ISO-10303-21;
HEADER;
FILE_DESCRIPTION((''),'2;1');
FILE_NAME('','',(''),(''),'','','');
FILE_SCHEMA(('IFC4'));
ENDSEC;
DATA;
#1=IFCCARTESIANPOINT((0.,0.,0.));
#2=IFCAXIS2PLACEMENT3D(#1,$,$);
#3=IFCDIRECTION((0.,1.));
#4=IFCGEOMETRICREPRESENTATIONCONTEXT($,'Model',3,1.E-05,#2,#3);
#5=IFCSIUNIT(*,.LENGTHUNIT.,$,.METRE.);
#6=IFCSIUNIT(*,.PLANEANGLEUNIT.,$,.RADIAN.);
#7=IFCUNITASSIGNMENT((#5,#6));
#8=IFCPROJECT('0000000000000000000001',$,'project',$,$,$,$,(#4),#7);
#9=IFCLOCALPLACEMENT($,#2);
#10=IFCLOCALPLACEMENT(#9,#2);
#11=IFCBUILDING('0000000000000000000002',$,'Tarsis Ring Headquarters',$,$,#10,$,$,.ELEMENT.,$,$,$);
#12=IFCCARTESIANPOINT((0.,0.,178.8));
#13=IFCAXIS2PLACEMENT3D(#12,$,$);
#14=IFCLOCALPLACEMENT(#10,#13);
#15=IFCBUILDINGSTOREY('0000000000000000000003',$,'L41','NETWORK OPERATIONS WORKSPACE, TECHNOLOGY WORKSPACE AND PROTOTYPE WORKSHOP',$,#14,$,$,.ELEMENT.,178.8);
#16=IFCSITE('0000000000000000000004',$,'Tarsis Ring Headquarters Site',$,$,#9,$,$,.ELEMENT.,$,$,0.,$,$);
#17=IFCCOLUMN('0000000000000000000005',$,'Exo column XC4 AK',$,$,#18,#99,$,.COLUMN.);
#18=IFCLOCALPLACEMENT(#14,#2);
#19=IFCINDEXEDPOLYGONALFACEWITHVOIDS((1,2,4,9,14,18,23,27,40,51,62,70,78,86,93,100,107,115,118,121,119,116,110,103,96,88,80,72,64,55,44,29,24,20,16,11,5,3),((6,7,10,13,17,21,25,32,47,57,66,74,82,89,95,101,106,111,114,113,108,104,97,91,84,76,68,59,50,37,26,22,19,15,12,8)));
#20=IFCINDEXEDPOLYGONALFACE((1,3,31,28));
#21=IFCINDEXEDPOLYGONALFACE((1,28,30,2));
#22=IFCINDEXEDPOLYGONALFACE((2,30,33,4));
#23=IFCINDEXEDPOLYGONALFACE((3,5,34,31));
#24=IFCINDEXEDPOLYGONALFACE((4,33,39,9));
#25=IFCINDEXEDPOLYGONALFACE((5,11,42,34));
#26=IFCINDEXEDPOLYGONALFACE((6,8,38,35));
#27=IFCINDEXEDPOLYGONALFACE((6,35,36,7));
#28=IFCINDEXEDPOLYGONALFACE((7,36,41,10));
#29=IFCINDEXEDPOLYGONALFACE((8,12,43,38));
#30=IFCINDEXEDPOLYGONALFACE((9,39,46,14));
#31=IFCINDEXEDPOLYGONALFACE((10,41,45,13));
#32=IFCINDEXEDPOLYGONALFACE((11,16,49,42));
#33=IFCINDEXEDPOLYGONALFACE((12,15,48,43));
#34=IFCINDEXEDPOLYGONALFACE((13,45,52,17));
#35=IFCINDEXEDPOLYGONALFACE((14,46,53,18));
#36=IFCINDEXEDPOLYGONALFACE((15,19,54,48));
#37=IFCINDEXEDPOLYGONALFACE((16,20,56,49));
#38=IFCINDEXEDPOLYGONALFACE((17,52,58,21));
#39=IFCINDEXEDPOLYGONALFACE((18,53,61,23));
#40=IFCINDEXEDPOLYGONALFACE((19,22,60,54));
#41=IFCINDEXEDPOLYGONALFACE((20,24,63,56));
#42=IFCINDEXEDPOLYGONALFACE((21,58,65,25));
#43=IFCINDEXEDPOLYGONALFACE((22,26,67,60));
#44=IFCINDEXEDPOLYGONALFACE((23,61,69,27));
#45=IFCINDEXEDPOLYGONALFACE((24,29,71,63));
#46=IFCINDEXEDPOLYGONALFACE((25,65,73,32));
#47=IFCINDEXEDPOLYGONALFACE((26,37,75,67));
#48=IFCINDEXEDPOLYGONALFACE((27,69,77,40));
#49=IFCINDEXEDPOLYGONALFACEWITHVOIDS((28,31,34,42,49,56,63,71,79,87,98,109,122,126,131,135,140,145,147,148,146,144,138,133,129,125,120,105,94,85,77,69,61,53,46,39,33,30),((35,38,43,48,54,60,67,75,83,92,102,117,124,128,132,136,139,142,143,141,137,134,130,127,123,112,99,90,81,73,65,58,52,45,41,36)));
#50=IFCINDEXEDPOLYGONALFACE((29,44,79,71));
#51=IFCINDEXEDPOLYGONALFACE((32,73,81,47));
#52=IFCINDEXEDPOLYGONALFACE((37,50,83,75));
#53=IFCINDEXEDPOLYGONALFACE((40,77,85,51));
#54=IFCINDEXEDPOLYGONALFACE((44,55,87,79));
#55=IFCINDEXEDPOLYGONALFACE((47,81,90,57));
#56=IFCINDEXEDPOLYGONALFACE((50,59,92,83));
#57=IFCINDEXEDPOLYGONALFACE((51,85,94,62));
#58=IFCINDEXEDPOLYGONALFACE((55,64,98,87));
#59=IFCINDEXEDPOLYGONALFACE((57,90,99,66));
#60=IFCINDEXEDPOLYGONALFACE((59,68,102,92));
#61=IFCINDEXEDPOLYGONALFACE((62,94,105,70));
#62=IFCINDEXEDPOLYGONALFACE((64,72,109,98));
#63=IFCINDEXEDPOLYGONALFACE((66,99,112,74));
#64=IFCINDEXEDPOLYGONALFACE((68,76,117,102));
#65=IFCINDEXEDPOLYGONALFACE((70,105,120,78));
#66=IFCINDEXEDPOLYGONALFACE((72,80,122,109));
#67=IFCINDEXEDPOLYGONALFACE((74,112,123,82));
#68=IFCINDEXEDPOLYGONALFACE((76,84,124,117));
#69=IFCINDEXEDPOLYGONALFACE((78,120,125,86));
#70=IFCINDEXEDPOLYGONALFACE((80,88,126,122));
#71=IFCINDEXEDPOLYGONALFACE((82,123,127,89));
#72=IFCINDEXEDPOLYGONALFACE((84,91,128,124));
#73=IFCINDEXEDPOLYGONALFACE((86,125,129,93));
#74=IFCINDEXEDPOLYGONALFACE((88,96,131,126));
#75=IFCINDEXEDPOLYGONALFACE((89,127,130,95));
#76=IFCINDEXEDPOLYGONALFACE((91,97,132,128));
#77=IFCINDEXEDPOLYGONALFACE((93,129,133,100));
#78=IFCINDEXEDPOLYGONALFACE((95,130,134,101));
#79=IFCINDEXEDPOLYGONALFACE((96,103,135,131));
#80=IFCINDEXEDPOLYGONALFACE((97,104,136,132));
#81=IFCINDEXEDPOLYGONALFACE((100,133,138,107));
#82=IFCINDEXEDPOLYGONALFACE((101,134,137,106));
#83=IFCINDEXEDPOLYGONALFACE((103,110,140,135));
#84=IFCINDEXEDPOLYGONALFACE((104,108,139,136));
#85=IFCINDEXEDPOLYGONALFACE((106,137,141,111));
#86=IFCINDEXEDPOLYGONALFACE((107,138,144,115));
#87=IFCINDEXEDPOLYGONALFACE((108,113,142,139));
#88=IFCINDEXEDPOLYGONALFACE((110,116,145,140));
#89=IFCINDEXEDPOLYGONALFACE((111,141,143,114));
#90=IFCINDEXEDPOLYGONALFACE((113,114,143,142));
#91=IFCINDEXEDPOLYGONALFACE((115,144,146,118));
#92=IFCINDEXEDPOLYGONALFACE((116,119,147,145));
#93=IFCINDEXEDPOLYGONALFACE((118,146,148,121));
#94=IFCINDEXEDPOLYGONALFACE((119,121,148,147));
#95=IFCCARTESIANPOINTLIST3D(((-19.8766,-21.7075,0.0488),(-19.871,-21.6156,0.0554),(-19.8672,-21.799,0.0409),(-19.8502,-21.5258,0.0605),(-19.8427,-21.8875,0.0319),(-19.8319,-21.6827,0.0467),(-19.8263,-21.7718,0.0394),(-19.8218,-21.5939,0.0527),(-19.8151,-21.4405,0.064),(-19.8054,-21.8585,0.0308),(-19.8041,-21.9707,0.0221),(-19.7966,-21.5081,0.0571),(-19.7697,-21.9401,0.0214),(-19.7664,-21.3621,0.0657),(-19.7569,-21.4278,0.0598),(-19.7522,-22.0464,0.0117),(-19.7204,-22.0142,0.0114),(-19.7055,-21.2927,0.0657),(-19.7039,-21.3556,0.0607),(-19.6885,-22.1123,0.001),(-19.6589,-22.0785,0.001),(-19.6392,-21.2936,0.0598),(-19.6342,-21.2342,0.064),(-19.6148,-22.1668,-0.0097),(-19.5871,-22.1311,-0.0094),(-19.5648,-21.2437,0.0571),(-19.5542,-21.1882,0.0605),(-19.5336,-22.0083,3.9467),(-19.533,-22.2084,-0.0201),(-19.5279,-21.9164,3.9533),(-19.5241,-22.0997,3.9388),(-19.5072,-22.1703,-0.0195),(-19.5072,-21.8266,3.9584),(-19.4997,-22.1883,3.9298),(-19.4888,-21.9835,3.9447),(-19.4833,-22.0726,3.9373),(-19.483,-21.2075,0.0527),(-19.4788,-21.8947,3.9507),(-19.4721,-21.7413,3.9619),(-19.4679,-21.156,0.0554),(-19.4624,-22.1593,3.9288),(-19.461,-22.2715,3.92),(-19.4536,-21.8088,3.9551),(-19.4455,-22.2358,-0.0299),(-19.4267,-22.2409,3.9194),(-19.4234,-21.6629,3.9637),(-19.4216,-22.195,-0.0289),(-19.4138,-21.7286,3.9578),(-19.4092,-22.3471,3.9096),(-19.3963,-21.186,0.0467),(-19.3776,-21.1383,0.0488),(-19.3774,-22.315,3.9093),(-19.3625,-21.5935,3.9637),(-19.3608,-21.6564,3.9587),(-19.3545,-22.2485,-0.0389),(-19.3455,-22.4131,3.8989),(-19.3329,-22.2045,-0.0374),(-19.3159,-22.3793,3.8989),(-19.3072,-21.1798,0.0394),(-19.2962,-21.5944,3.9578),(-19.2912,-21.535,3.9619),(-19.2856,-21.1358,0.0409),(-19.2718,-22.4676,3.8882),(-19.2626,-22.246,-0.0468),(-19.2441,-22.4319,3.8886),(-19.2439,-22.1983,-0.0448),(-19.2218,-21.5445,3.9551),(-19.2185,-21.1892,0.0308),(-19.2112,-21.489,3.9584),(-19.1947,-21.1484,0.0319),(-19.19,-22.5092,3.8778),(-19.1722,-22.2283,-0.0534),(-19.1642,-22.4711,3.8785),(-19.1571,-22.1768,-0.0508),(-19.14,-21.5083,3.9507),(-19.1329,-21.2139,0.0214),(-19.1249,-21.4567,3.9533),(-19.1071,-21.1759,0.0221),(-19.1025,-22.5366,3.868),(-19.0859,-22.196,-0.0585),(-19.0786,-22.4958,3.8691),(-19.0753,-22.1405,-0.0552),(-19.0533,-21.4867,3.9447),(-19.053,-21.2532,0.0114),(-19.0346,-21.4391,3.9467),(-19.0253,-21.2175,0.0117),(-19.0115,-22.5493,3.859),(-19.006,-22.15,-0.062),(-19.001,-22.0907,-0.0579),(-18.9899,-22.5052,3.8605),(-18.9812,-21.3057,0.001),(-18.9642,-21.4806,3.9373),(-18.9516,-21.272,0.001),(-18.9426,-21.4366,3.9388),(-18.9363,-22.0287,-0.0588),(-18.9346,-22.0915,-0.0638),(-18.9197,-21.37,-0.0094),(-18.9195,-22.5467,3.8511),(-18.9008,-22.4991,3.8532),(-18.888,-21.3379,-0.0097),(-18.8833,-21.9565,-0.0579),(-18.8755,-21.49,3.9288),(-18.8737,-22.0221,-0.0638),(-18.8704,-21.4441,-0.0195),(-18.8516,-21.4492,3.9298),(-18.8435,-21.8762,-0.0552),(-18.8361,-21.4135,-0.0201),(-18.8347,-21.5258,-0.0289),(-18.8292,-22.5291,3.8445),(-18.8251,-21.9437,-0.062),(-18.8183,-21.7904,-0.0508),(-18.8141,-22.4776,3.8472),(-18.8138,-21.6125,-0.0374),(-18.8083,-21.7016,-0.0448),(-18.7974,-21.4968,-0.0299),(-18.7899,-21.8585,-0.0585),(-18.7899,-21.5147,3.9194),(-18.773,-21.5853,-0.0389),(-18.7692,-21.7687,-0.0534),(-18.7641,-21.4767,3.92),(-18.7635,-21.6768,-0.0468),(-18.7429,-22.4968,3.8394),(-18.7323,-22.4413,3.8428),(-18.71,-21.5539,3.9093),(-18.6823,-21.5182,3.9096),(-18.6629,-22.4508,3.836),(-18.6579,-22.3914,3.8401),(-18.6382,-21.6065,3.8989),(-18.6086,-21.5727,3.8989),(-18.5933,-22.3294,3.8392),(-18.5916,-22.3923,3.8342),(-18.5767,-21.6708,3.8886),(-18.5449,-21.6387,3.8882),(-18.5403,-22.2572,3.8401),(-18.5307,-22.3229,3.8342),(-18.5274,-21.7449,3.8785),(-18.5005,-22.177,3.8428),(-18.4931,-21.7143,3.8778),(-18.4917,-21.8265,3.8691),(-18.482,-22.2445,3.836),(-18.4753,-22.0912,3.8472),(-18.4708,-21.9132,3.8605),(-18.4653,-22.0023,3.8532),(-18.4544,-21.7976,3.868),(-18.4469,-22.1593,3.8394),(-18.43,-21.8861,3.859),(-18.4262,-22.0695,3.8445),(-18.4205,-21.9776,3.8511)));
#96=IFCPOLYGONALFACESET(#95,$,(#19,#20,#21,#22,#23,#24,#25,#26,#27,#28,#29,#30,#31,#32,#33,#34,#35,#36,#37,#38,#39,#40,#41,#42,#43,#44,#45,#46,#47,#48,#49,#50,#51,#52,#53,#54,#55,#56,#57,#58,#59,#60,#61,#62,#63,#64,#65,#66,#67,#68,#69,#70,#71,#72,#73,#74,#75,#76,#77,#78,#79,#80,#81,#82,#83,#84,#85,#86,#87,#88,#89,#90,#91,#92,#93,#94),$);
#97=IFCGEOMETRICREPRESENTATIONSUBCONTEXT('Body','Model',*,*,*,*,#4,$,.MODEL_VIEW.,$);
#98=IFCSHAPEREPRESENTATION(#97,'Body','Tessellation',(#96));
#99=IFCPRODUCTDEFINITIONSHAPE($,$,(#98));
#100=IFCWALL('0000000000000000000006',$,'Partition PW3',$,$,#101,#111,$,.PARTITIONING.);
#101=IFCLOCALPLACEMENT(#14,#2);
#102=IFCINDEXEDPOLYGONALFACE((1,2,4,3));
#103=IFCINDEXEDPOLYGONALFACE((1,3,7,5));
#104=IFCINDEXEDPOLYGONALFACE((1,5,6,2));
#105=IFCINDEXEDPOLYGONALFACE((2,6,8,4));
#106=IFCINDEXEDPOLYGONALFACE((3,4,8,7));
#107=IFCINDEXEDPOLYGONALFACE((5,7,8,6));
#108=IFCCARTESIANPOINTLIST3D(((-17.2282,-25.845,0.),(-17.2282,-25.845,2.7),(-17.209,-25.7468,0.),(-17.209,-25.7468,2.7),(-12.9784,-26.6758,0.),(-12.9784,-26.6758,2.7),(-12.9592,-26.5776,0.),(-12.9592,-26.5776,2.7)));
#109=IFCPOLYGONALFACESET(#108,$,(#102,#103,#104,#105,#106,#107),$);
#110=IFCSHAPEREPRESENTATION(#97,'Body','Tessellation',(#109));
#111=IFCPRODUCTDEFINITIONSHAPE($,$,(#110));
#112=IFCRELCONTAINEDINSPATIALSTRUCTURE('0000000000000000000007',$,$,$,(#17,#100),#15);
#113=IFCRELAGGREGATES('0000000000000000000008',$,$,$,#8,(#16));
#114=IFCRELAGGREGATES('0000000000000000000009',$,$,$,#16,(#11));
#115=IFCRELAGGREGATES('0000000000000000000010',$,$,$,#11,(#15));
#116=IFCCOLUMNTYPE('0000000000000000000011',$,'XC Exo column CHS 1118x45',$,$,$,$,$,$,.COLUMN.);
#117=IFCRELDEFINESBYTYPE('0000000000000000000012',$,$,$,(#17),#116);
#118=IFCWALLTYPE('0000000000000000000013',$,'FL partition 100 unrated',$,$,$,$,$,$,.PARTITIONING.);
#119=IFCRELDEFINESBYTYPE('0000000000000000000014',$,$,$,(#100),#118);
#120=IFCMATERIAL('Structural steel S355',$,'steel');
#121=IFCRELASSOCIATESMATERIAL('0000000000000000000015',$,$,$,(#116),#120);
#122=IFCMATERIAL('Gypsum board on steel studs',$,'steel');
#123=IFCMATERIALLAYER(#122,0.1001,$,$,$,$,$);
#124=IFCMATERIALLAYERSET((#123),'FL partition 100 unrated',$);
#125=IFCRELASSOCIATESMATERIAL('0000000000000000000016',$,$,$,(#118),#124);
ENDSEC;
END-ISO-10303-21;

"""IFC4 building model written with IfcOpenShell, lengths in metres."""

from ifc_helpers import new_model, si_unit, direction, frame, frame_2d, origin, origin_2d, place, context, subcontext, project, spatial, rectangle, hollow_circle, extrude, material, layer, layer_set, material_profile, profile_set, type_object, element, save


model = new_model("IFC4")

# Units and contexts
model_context = context("Model", 3, precision=1e-05, world=origin(), true_north=direction((0.0, 1.0)))
body_context = subcontext(model_context, "Body", "Model", "MODEL_VIEW")
ifc_project = project(units=[si_unit("LENGTHUNIT", "METRE"), si_unit("PLANEANGLEUNIT", "RADIAN")], contexts=[model_context])

# Site, building, storey
site_placement = place(None, origin())
site = spatial("IfcSite", under=ifc_project, at=site_placement, Name="Tarsis Ring Headquarters Site", CompositionType="ELEMENT", RefElevation=0.0)
building_placement = place(site_placement, origin())
building = spatial("IfcBuilding", under=site, at=building_placement, Name="Tarsis Ring Headquarters", CompositionType="ELEMENT")
storey_placement = place(building_placement, frame((0.0, 0.0, 178.8)))
storey = spatial("IfcBuildingStorey", under=building, at=storey_placement, Name="L41", Description="NETWORK OPERATIONS WORKSPACE, TECHNOLOGY WORKSPACE AND PROTOTYPE WORKSHOP", CompositionType="ELEMENT", Elevation=178.8)

# Column
ifc_material_1 = material(Name="Structural steel S355", Category="steel")
ifc_material_profile = material_profile(ifc_material_1, hollow_circle(Radius=0.5588, WallThickness=0.0449, at=origin_2d()), Name="CHS 1118x45")
ifc_profile_set = profile_set([ifc_material_profile], Name="Structural steel S355")
column_type = type_object("IfcColumnType", Name="XC Exo column CHS 1118x45", PredefinedType="COLUMN", material=ifc_profile_set)
column_placement = place(storey_placement, frame((-19.3201, -21.6921, 0.001), z_axis=(0.087403, -0.076641, 0.99322), x_axis=(0.6593, 0.75188, 0.0)))
element("IfcColumn", 1, at=column_placement, inside=storey, type_object=column_type, Name="Exo column XC4 AK", PredefinedType="COLUMN", context=body_context, shape_type="SweptSolid", body=[
    extrude(hollow_circle(Radius=0.5588, WallThickness=0.0449, at=origin_2d()), origin(), (0.0, 0.0, 1.0), 3.9246),
])

# Wall
ifc_material_2 = material(Name="Gypsum board on steel studs", Category="steel")
ifc_layer_1 = layer(ifc_material_2, 0.1001)
ifc_layer_set_1 = layer_set([ifc_layer_1], Name="FL partition 100 unrated")
wall_type_1 = type_object("IfcWallType", Name="FL partition 100 unrated", PredefinedType="PARTITIONING", material=ifc_layer_set_1)
wall_1_placement = place(storey_placement, frame((-17.2185, -25.7959, 0.0), z_axis=(0.0, 0.0, 1.0), x_axis=(0.981422, -0.191864, 0.0)))
element("IfcWall", 2, at=wall_1_placement, inside=storey, type_object=wall_type_1, Name="Partition PW3", PredefinedType="PARTITIONING", context=body_context, shape_type="SweptSolid", body=[
    extrude(rectangle(XDim=4.3303, YDim=0.1001, at=frame_2d((2.165, 0.0))), origin(), (0.0, 0.0, 1.0), 2.7),
])

save(model, "model.ifc")
